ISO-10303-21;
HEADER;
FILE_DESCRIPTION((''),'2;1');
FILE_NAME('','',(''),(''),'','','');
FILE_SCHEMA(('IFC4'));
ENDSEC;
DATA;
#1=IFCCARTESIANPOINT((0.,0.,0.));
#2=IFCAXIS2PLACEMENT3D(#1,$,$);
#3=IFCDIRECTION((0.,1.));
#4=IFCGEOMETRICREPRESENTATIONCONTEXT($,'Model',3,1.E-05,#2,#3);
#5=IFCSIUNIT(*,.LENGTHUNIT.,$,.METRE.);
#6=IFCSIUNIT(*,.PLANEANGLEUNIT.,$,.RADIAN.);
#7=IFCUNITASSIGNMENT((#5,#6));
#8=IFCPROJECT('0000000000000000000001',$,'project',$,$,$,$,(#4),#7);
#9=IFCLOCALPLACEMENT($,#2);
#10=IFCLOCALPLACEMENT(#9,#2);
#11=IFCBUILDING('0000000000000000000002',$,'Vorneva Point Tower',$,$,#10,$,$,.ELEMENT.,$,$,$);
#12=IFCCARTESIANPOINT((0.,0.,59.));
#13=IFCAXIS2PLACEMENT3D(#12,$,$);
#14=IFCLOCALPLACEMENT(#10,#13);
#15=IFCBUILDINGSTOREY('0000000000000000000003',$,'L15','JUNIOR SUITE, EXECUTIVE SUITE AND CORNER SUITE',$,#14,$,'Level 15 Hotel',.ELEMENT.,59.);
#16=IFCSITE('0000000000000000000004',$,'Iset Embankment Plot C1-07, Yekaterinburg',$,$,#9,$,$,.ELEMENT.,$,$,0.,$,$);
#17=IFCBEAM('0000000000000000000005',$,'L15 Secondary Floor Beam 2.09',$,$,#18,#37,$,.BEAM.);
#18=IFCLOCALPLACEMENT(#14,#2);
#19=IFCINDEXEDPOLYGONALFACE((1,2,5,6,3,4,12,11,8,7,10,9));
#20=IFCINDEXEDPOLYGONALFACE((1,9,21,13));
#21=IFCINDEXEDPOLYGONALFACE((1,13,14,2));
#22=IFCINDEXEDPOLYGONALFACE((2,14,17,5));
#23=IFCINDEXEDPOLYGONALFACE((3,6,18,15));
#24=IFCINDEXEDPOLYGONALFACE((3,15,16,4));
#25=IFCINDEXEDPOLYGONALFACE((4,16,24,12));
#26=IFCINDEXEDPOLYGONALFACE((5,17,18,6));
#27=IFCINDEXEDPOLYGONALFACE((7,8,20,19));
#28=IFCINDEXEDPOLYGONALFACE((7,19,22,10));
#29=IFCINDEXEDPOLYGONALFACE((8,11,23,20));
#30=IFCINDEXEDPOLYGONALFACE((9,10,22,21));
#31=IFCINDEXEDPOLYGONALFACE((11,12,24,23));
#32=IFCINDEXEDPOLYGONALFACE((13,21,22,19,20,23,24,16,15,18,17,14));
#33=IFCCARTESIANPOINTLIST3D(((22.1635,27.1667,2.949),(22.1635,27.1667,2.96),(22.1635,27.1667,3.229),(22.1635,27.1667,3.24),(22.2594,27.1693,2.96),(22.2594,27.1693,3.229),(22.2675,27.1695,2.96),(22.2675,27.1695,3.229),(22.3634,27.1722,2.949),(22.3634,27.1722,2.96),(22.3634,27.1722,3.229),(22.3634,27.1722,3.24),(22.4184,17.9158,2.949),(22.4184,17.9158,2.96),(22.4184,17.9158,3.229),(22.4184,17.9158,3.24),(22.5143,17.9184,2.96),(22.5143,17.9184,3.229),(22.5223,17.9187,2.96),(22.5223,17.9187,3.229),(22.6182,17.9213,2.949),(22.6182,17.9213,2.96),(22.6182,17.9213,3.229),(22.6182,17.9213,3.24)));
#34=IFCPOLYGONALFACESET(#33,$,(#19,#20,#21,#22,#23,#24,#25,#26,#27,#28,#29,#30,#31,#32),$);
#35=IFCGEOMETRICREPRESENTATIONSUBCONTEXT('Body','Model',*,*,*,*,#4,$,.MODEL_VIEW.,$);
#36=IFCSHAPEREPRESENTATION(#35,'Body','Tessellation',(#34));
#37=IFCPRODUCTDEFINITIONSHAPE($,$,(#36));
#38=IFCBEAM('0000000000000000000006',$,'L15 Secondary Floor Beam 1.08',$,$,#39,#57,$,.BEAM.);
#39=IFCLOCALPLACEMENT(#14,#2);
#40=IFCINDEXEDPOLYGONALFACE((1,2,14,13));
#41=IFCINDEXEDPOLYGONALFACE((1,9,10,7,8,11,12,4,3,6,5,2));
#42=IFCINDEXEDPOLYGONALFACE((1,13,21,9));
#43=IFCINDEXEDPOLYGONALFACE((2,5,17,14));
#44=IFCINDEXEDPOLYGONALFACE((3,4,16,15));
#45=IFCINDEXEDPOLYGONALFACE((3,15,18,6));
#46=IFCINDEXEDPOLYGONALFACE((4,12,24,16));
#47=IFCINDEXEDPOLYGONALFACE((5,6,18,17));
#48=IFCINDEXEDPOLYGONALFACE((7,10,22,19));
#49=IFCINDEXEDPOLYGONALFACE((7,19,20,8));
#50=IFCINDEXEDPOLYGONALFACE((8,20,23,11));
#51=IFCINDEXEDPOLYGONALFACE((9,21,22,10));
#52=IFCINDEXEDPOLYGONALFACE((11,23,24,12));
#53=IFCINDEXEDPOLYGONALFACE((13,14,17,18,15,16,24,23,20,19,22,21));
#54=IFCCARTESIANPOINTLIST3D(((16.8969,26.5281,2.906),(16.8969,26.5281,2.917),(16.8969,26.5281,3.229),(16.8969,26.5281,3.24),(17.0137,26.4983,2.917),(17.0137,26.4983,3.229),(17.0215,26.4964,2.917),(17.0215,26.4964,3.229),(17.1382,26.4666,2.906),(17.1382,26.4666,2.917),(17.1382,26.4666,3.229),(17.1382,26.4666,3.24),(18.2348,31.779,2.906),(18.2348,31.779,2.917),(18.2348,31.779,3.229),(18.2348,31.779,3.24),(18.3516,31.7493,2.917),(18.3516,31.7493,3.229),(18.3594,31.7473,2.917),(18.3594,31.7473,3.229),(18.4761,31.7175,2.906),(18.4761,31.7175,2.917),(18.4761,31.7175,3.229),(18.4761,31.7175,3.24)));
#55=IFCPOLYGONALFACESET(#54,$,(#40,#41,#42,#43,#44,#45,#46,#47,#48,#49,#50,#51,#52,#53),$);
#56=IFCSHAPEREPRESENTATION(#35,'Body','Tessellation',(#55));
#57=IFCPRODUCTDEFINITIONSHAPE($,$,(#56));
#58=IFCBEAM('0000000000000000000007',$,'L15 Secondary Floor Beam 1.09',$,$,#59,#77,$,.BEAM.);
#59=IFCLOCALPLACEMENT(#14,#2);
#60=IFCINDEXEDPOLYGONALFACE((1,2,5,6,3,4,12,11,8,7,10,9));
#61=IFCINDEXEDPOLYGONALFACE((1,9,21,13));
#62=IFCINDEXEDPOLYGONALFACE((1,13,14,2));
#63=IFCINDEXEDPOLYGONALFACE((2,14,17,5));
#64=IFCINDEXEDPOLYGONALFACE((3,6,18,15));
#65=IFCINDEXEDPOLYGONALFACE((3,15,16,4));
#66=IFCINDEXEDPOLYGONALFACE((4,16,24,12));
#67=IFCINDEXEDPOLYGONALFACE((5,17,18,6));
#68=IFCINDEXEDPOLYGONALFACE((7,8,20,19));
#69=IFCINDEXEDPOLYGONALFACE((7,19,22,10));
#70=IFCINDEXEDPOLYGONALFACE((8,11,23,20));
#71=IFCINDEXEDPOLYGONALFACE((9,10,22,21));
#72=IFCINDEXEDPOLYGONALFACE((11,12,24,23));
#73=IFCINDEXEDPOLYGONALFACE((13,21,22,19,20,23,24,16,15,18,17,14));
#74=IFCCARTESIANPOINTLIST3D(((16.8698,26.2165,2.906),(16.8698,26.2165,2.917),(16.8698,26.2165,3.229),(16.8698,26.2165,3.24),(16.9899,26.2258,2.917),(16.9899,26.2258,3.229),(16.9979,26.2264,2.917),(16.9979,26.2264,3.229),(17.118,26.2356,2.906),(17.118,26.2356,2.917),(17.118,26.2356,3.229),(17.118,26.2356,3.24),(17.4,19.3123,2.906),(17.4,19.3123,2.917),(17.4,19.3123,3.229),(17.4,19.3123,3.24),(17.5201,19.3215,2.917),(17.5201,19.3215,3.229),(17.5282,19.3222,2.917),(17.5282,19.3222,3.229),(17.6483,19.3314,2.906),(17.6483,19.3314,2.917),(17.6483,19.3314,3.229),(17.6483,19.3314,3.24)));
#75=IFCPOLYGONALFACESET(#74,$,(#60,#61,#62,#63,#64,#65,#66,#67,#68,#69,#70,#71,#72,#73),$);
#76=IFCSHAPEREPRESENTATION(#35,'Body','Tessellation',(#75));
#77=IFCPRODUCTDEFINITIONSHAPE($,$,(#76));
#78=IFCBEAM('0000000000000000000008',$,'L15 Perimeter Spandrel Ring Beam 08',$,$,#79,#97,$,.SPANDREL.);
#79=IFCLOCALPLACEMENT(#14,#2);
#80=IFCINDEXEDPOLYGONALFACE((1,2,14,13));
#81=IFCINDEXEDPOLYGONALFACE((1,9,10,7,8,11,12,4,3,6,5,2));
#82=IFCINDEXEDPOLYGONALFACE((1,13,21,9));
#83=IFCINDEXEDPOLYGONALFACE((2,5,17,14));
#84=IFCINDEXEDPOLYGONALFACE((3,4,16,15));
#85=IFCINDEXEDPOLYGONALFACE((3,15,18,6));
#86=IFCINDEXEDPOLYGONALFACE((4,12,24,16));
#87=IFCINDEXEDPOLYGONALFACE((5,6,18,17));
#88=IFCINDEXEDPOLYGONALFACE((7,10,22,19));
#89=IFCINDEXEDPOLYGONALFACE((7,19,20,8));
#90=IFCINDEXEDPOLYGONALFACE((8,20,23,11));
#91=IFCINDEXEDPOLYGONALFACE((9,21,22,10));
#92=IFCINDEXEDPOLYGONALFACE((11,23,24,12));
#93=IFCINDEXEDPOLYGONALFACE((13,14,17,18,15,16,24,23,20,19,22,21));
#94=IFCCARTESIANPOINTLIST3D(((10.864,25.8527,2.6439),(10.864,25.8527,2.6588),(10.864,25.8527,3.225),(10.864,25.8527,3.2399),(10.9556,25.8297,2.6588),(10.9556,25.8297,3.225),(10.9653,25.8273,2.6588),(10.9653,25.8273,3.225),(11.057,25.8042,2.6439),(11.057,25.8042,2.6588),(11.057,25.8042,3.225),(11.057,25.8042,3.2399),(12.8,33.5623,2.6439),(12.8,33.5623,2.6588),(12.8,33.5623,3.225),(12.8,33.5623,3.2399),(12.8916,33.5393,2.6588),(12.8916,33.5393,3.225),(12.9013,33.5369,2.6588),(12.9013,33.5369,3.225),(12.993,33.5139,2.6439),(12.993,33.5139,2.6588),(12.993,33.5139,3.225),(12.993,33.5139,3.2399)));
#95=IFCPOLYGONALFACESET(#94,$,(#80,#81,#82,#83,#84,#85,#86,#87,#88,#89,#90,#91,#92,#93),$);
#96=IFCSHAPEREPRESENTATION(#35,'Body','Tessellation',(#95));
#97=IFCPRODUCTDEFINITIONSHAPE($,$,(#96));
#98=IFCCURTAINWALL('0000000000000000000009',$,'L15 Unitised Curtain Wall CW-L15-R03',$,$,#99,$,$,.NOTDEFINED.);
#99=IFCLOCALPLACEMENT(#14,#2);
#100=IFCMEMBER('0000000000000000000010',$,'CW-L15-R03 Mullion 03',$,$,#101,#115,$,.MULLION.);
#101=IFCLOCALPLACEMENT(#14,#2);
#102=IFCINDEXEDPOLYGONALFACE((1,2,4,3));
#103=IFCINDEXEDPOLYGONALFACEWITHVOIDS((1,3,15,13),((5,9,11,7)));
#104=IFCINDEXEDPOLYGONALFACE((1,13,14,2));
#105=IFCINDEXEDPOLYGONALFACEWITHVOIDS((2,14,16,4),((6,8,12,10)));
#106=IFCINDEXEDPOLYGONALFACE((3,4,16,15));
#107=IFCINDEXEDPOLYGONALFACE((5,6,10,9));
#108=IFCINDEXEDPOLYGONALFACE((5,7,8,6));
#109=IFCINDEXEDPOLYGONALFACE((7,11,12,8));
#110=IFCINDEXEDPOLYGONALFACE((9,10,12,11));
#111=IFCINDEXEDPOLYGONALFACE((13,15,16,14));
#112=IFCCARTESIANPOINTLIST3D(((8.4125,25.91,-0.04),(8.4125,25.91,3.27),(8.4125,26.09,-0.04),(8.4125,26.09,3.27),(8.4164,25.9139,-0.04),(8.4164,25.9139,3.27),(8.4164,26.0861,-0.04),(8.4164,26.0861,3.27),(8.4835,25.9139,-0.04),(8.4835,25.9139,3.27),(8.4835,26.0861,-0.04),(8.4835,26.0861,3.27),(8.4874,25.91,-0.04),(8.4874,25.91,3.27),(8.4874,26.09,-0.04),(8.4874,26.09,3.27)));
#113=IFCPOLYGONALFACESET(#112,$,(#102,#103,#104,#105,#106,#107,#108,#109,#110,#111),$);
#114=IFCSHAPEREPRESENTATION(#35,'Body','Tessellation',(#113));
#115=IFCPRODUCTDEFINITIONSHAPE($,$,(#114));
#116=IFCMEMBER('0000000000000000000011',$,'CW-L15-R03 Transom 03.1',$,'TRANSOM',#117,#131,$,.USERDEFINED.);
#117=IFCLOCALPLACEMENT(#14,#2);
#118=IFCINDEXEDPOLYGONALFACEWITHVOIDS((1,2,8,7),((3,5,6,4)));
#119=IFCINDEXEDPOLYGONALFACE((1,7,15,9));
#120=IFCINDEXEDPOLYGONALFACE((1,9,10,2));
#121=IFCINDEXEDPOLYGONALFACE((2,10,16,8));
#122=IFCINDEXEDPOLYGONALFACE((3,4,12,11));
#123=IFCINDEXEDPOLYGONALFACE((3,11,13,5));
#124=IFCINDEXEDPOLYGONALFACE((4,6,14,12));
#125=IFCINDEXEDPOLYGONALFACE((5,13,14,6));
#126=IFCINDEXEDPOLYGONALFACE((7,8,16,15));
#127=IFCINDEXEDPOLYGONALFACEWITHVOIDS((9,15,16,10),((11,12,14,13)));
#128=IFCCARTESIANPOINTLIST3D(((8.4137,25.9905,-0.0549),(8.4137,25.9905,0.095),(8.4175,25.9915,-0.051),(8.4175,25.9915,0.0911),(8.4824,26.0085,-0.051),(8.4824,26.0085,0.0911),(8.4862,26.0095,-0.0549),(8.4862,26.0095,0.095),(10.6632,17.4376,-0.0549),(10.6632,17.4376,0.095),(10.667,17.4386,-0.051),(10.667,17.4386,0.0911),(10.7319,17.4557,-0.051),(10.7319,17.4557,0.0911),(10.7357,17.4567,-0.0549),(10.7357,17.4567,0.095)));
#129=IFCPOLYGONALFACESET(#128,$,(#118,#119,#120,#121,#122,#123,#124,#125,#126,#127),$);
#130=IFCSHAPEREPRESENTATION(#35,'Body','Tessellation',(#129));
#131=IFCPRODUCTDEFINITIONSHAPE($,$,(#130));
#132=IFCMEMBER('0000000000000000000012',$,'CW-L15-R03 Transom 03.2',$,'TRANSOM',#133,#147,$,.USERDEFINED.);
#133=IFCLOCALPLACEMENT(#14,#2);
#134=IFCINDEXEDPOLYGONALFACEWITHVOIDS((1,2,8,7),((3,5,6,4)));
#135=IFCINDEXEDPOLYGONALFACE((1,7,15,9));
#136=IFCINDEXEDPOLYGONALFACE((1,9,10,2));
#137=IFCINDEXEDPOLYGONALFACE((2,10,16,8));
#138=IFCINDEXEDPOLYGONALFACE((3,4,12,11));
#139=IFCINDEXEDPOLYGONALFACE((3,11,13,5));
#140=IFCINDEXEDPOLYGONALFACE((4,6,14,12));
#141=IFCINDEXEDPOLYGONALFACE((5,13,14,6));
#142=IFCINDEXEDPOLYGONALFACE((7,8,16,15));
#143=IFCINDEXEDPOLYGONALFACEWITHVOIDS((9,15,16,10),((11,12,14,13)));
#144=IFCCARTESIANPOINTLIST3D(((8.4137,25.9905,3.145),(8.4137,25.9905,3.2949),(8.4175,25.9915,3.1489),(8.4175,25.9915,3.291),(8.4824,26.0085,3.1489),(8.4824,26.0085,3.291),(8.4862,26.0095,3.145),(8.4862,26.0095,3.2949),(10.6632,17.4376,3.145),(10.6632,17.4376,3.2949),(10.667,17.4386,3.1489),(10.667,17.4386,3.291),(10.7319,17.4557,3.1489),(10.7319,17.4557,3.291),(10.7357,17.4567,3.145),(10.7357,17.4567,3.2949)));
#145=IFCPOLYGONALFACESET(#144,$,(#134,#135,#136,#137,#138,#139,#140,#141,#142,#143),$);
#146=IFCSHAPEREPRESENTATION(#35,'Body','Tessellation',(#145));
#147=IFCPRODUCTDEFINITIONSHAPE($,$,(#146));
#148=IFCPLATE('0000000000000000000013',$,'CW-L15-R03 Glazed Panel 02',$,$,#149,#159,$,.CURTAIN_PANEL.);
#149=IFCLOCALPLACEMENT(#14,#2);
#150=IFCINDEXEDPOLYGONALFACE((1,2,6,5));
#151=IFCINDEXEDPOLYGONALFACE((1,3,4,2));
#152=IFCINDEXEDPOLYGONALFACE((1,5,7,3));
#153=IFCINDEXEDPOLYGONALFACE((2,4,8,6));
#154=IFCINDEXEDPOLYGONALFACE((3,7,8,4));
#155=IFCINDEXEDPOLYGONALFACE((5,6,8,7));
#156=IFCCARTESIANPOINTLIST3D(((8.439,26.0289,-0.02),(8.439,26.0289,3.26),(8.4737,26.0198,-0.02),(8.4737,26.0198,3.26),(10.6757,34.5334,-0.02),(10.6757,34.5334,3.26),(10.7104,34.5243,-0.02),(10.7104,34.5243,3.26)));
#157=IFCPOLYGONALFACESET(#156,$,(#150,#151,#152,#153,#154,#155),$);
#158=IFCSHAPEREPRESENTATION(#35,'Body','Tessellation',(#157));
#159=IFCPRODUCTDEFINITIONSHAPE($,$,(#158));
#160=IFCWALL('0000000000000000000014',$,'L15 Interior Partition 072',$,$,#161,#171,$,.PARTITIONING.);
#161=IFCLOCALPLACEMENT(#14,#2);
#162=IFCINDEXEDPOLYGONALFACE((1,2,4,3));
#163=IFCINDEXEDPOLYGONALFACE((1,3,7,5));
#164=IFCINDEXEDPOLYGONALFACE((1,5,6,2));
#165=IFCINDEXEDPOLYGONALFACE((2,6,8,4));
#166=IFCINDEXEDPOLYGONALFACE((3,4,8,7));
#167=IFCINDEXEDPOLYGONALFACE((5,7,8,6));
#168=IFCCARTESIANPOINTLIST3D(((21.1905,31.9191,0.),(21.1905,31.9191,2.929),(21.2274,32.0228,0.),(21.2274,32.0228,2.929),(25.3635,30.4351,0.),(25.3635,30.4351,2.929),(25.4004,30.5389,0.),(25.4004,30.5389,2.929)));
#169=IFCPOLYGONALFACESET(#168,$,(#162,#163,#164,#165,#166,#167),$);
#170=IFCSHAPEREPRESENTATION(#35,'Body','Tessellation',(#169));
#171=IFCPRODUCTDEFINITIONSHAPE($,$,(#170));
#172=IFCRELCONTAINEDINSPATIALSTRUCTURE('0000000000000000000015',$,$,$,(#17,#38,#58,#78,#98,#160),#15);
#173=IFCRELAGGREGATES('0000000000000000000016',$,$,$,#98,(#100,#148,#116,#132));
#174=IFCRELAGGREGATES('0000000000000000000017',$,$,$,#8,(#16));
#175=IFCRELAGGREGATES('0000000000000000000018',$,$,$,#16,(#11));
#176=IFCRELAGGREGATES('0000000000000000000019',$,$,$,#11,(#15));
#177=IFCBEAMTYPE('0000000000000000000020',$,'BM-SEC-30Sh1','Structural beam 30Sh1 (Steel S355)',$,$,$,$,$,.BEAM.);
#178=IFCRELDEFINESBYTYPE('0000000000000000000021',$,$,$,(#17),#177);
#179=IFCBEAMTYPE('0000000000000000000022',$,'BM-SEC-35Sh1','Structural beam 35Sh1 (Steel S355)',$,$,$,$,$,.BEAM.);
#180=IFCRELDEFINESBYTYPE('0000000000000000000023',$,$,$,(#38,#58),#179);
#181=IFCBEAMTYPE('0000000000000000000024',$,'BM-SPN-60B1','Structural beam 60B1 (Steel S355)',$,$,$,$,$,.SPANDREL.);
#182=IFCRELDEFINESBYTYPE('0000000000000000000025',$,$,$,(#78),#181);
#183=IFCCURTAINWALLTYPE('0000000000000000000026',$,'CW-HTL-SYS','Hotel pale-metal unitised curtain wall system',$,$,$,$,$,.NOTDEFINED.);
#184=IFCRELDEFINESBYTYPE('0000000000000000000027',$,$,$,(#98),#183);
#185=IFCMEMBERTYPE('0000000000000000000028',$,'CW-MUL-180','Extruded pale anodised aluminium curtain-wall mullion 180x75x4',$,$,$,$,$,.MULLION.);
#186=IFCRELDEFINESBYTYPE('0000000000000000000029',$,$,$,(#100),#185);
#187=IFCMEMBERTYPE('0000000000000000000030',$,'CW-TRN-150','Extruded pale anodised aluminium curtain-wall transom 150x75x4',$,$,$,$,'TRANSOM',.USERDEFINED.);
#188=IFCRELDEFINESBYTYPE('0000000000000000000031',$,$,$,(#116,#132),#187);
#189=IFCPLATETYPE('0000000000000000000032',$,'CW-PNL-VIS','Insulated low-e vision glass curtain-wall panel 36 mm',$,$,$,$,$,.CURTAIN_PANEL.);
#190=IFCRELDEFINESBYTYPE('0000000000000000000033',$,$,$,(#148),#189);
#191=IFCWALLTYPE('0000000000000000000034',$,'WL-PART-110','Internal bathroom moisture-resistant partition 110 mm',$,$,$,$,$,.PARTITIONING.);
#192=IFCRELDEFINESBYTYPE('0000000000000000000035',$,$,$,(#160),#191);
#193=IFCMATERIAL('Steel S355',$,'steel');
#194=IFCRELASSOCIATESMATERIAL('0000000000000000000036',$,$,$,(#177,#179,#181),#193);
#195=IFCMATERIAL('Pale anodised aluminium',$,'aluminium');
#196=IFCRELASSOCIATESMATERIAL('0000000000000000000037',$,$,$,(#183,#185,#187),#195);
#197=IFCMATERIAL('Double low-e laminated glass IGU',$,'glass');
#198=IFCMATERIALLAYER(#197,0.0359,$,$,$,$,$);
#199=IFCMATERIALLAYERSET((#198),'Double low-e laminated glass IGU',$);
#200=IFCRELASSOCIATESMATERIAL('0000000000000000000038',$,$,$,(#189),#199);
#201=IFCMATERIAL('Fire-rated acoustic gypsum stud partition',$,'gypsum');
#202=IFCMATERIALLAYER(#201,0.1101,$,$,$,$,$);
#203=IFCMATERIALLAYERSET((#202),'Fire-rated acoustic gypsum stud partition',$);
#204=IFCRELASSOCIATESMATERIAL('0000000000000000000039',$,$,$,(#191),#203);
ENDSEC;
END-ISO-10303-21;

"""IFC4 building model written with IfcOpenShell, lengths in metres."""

from ifc_helpers import new_model, si_unit, direction, frame, frame_2d, origin, origin_2d, place, context, subcontext, project, spatial, rectangle, hollow_rectangle, i_section, extrude, material, layer, layer_set, material_profile, profile_set, type_object, element, aggregate, save


model = new_model("IFC4")

# Units and contexts
model_context = context("Model", 3, precision=1e-05, world=origin(), true_north=direction((0.0, 1.0)))
body_context = subcontext(model_context, "Body", "Model", "MODEL_VIEW")
ifc_project = project(units=[si_unit("LENGTHUNIT", "METRE"), si_unit("PLANEANGLEUNIT", "RADIAN")], contexts=[model_context])

# Site, building, storey
site_placement = place(None, origin())
site = spatial("IfcSite", under=ifc_project, at=site_placement, Name="Iset Embankment Plot C1-07, Yekaterinburg", CompositionType="ELEMENT", RefElevation=0.0)
building_placement = place(site_placement, origin())
building = spatial("IfcBuilding", under=site, at=building_placement, Name="Vorneva Point Tower", CompositionType="ELEMENT")
storey_placement = place(building_placement, frame((0.0, 0.0, 59.0)))
storey = spatial("IfcBuildingStorey", under=building, at=storey_placement, Name="L15", Description="JUNIOR SUITE, EXECUTIVE SUITE AND CORNER SUITE", LongName="Level 15 Hotel", CompositionType="ELEMENT", Elevation=59.0)

# Beams
ifc_material_1 = material(Name="Steel S355", Category="steel")
ifc_material_profile_1 = material_profile(ifc_material_1, i_section(OverallWidth=0.2, OverallDepth=0.291, WebThickness=0.0081, FlangeThickness=0.011, at=origin_2d()), Name="30Sh1")
ifc_profile_set_1 = profile_set([ifc_material_profile_1], Name="Steel S355")
beam_type_1 = type_object("IfcBeamType", Name="BM-SEC-30Sh1", Description="Structural beam 30Sh1 (Steel S355)", PredefinedType="BEAM", material=ifc_profile_set_1)
beam_1_placement = place(storey_placement, frame((22.2634, 27.1694, 3.0945), z_axis=(0.027542, -0.999621, 0.0), x_axis=(0.999621, 0.027542, 0.0)))
element("IfcBeam", 1, at=beam_1_placement, inside=storey, type_object=beam_type_1, Name="L15 Secondary Floor Beam 2.09", PredefinedType="BEAM", context=body_context, shape_type="SweptSolid", body=[
    extrude(i_section(OverallWidth=0.2, OverallDepth=0.291, WebThickness=0.0081, FlangeThickness=0.011, at=origin_2d()), origin(), (0.0, 0.0, 1.0), 9.2544),
])
ifc_material_profile_2 = material_profile(ifc_material_1, i_section(OverallWidth=0.249, OverallDepth=0.334, WebThickness=0.0081, FlangeThickness=0.011, at=origin_2d()), Name="35Sh1")
ifc_profile_set_2 = profile_set([ifc_material_profile_2], Name="Steel S355")
beam_type_2 = type_object("IfcBeamType", Name="BM-SEC-35Sh1", Description="Structural beam 35Sh1 (Steel S355)", PredefinedType="BEAM", material=ifc_profile_set_2)
beam_2_placement = place(storey_placement, frame((18.3555, 31.7483, 3.073), z_axis=(-0.246901, -0.969041, 0.0), x_axis=(0.969041, -0.246901, 0.0)))
element("IfcBeam", 2, at=beam_2_placement, inside=storey, type_object=beam_type_2, Name="L15 Secondary Floor Beam 1.08", PredefinedType="BEAM", context=body_context, shape_type="SweptSolid", body=[
    extrude(i_section(OverallWidth=0.249, OverallDepth=0.334, WebThickness=0.0081, FlangeThickness=0.011, at=origin_2d()), origin(), (0.0, 0.0, 1.0), 5.4187),
])
beam_3_placement = place(storey_placement, frame((16.9939, 26.2261, 3.073), z_axis=(0.076578, -0.997064, 0.0), x_axis=(0.997064, 0.076578, 0.0)))
element("IfcBeam", 3, at=beam_3_placement, inside=storey, type_object=beam_type_2, Name="L15 Secondary Floor Beam 1.09", PredefinedType="BEAM", context=body_context, shape_type="SweptSolid", body=[
    extrude(i_section(OverallWidth=0.249, OverallDepth=0.334, WebThickness=0.0081, FlangeThickness=0.011, at=origin_2d()), origin(), (0.0, 0.0, 1.0), 6.9246),
])
ifc_material_profile_3 = material_profile(ifc_material_1, i_section(OverallWidth=0.199, OverallDepth=0.5959, WebThickness=0.01, FlangeThickness=0.0149, at=origin_2d()), Name="60B1")
ifc_profile_set_3 = profile_set([ifc_material_profile_3], Name="Steel S355")
beam_type_3 = type_object("IfcBeamType", Name="BM-SPN-60B1", Description="Structural beam 60B1 (Steel S355)", PredefinedType="SPANDREL", material=ifc_profile_set_3)
beam_4_placement = place(storey_placement, frame((12.8965, 33.5381, 2.9419), z_axis=(-0.243554, -0.969887, 0.0), x_axis=(0.969887, -0.243554, 0.0)))
element("IfcBeam", 4, at=beam_4_placement, inside=storey, type_object=beam_type_3, Name="L15 Perimeter Spandrel Ring Beam 08", PredefinedType="SPANDREL", context=body_context, shape_type="SweptSolid", body=[
    extrude(i_section(OverallWidth=0.199, OverallDepth=0.5959, WebThickness=0.01, FlangeThickness=0.0149, at=origin_2d()), origin(), (0.0, 0.0, 1.0), 7.949),
])

# Curtain wall, members, plate
ifc_material_2 = material(Name="Pale anodised aluminium", Category="aluminium")
curtain_wall_type = type_object("IfcCurtainWallType", Name="CW-HTL-SYS", Description="Hotel pale-metal unitised curtain wall system", PredefinedType="NOTDEFINED", material=ifc_material_2)
curtain_wall_placement = place(storey_placement, origin())
curtain_wall = element("IfcCurtainWall", 5, at=curtain_wall_placement, inside=storey, type_object=curtain_wall_type, Name="L15 Unitised Curtain Wall CW-L15-R03", PredefinedType="NOTDEFINED")
ifc_material_profile_4 = material_profile(ifc_material_2, hollow_rectangle(XDim=0.075, YDim=0.1799, WallThickness=0.0039, at=origin_2d()), Name="AL-MUL 180x75x4")
ifc_profile_set_4 = profile_set([ifc_material_profile_4], Name="Pale anodised aluminium")
member_type_1 = type_object("IfcMemberType", Name="CW-MUL-180", Description="Extruded pale anodised aluminium curtain-wall mullion 180x75x4", PredefinedType="MULLION", material=ifc_profile_set_4)
member_1_placement = place(storey_placement, frame((8.45, 26.0, -0.04), z_axis=(0.0, 0.0, 1.0), x_axis=(1.0, 0.0, 0.0)))
member_1 = element("IfcMember", 6, at=member_1_placement, type_object=member_type_1, Name="CW-L15-R03 Mullion 03", PredefinedType="MULLION", context=body_context, shape_type="SweptSolid", body=[
    extrude(hollow_rectangle(XDim=0.075, YDim=0.1799, WallThickness=0.0039, at=origin_2d()), origin(), (0.0, 0.0, 1.0), 3.3101),
])
ifc_material_profile_5 = material_profile(ifc_material_2, hollow_rectangle(XDim=0.075, YDim=0.1499, WallThickness=0.0039, at=origin_2d()), Name="AL-TRN 150x75x4")
ifc_profile_set_5 = profile_set([ifc_material_profile_5], Name="Pale anodised aluminium")
member_type_2 = type_object("IfcMemberType", Name="CW-TRN-150", Description="Extruded pale anodised aluminium curtain-wall transom 150x75x4", ElementType="TRANSOM", PredefinedType="USERDEFINED", material=ifc_profile_set_5)
member_2_placement = place(storey_placement, frame((8.45, 26.0, 0.02), z_axis=(0.254359, -0.96711, 0.0), x_axis=(0.96711, 0.254359, 0.0)))
member_2 = element("IfcMember", 7, at=member_2_placement, type_object=member_type_2, Name="CW-L15-R03 Transom 03.1", ObjectType="TRANSOM", PredefinedType="USERDEFINED", context=body_context, shape_type="SweptSolid", body=[
    extrude(hollow_rectangle(XDim=0.075, YDim=0.1499, WallThickness=0.0039, at=origin_2d()), origin(), (0.0, 0.0, 1.0), 8.8438),
])
member_3_placement = place(storey_placement, frame((8.45, 26.0, 3.22), z_axis=(0.254359, -0.96711, 0.0), x_axis=(0.96711, 0.254359, 0.0)))
member_3 = element("IfcMember", 8, at=member_3_placement, type_object=member_type_2, Name="CW-L15-R03 Transom 03.2", ObjectType="TRANSOM", PredefinedType="USERDEFINED", context=body_context, shape_type="SweptSolid", body=[
    extrude(hollow_rectangle(XDim=0.075, YDim=0.1499, WallThickness=0.0039, at=origin_2d()), origin(), (0.0, 0.0, 1.0), 8.8438),
])
ifc_material_3 = material(Name="Double low-e laminated glass IGU", Category="glass")
ifc_layer_1 = layer(ifc_material_3, 0.0359)
ifc_layer_set_1 = layer_set([ifc_layer_1], Name="Double low-e laminated glass IGU")
plate_type = type_object("IfcPlateType", Name="CW-PNL-VIS", Description="Insulated low-e vision glass curtain-wall panel 36 mm", PredefinedType="CURTAIN_PANEL", material=ifc_layer_set_1)
plate_placement = place(storey_placement, frame((9.5747, 30.2766, -0.02), z_axis=(0.0, 0.0, 1.0), x_axis=(-0.254349, -0.967113, 0.0)))
plate = element("IfcPlate", 9, at=plate_placement, type_object=plate_type, Name="CW-L15-R03 Glazed Panel 02", PredefinedType="CURTAIN_PANEL", context=body_context, shape_type="SweptSolid", body=[
    extrude(rectangle(XDim=8.7937, YDim=0.0359, at=origin_2d()), origin(), (0.0, 0.0, 1.0), 3.28),
])
aggregate(curtain_wall, [member_1, plate, member_2, member_3])

# Wall
ifc_material_4 = material(Name="Fire-rated acoustic gypsum stud partition", Category="gypsum")
ifc_layer_2 = layer(ifc_material_4, 0.1101)
ifc_layer_set_2 = layer_set([ifc_layer_2], Name="Fire-rated acoustic gypsum stud partition")
wall_type_1 = type_object("IfcWallType", Name="WL-PART-110", Description="Internal bathroom moisture-resistant partition 110 mm", PredefinedType="PARTITIONING", material=ifc_layer_set_2)
wall_1_placement = place(storey_placement, frame((25.3818, 30.4871, 0.0), z_axis=(0.0, 0.0, 1.0), x_axis=(-0.9422, 0.335051, 0.0)))
element("IfcWall", 10, at=wall_1_placement, inside=storey, type_object=wall_type_1, Name="L15 Interior Partition 072", PredefinedType="PARTITIONING", context=body_context, shape_type="SweptSolid", body=[
    extrude(rectangle(XDim=4.429, YDim=0.1101, at=frame_2d((2.2144, 0.0))), origin(), (0.0, 0.0, 1.0), 2.929),
])

save(model, "model.ifc")
